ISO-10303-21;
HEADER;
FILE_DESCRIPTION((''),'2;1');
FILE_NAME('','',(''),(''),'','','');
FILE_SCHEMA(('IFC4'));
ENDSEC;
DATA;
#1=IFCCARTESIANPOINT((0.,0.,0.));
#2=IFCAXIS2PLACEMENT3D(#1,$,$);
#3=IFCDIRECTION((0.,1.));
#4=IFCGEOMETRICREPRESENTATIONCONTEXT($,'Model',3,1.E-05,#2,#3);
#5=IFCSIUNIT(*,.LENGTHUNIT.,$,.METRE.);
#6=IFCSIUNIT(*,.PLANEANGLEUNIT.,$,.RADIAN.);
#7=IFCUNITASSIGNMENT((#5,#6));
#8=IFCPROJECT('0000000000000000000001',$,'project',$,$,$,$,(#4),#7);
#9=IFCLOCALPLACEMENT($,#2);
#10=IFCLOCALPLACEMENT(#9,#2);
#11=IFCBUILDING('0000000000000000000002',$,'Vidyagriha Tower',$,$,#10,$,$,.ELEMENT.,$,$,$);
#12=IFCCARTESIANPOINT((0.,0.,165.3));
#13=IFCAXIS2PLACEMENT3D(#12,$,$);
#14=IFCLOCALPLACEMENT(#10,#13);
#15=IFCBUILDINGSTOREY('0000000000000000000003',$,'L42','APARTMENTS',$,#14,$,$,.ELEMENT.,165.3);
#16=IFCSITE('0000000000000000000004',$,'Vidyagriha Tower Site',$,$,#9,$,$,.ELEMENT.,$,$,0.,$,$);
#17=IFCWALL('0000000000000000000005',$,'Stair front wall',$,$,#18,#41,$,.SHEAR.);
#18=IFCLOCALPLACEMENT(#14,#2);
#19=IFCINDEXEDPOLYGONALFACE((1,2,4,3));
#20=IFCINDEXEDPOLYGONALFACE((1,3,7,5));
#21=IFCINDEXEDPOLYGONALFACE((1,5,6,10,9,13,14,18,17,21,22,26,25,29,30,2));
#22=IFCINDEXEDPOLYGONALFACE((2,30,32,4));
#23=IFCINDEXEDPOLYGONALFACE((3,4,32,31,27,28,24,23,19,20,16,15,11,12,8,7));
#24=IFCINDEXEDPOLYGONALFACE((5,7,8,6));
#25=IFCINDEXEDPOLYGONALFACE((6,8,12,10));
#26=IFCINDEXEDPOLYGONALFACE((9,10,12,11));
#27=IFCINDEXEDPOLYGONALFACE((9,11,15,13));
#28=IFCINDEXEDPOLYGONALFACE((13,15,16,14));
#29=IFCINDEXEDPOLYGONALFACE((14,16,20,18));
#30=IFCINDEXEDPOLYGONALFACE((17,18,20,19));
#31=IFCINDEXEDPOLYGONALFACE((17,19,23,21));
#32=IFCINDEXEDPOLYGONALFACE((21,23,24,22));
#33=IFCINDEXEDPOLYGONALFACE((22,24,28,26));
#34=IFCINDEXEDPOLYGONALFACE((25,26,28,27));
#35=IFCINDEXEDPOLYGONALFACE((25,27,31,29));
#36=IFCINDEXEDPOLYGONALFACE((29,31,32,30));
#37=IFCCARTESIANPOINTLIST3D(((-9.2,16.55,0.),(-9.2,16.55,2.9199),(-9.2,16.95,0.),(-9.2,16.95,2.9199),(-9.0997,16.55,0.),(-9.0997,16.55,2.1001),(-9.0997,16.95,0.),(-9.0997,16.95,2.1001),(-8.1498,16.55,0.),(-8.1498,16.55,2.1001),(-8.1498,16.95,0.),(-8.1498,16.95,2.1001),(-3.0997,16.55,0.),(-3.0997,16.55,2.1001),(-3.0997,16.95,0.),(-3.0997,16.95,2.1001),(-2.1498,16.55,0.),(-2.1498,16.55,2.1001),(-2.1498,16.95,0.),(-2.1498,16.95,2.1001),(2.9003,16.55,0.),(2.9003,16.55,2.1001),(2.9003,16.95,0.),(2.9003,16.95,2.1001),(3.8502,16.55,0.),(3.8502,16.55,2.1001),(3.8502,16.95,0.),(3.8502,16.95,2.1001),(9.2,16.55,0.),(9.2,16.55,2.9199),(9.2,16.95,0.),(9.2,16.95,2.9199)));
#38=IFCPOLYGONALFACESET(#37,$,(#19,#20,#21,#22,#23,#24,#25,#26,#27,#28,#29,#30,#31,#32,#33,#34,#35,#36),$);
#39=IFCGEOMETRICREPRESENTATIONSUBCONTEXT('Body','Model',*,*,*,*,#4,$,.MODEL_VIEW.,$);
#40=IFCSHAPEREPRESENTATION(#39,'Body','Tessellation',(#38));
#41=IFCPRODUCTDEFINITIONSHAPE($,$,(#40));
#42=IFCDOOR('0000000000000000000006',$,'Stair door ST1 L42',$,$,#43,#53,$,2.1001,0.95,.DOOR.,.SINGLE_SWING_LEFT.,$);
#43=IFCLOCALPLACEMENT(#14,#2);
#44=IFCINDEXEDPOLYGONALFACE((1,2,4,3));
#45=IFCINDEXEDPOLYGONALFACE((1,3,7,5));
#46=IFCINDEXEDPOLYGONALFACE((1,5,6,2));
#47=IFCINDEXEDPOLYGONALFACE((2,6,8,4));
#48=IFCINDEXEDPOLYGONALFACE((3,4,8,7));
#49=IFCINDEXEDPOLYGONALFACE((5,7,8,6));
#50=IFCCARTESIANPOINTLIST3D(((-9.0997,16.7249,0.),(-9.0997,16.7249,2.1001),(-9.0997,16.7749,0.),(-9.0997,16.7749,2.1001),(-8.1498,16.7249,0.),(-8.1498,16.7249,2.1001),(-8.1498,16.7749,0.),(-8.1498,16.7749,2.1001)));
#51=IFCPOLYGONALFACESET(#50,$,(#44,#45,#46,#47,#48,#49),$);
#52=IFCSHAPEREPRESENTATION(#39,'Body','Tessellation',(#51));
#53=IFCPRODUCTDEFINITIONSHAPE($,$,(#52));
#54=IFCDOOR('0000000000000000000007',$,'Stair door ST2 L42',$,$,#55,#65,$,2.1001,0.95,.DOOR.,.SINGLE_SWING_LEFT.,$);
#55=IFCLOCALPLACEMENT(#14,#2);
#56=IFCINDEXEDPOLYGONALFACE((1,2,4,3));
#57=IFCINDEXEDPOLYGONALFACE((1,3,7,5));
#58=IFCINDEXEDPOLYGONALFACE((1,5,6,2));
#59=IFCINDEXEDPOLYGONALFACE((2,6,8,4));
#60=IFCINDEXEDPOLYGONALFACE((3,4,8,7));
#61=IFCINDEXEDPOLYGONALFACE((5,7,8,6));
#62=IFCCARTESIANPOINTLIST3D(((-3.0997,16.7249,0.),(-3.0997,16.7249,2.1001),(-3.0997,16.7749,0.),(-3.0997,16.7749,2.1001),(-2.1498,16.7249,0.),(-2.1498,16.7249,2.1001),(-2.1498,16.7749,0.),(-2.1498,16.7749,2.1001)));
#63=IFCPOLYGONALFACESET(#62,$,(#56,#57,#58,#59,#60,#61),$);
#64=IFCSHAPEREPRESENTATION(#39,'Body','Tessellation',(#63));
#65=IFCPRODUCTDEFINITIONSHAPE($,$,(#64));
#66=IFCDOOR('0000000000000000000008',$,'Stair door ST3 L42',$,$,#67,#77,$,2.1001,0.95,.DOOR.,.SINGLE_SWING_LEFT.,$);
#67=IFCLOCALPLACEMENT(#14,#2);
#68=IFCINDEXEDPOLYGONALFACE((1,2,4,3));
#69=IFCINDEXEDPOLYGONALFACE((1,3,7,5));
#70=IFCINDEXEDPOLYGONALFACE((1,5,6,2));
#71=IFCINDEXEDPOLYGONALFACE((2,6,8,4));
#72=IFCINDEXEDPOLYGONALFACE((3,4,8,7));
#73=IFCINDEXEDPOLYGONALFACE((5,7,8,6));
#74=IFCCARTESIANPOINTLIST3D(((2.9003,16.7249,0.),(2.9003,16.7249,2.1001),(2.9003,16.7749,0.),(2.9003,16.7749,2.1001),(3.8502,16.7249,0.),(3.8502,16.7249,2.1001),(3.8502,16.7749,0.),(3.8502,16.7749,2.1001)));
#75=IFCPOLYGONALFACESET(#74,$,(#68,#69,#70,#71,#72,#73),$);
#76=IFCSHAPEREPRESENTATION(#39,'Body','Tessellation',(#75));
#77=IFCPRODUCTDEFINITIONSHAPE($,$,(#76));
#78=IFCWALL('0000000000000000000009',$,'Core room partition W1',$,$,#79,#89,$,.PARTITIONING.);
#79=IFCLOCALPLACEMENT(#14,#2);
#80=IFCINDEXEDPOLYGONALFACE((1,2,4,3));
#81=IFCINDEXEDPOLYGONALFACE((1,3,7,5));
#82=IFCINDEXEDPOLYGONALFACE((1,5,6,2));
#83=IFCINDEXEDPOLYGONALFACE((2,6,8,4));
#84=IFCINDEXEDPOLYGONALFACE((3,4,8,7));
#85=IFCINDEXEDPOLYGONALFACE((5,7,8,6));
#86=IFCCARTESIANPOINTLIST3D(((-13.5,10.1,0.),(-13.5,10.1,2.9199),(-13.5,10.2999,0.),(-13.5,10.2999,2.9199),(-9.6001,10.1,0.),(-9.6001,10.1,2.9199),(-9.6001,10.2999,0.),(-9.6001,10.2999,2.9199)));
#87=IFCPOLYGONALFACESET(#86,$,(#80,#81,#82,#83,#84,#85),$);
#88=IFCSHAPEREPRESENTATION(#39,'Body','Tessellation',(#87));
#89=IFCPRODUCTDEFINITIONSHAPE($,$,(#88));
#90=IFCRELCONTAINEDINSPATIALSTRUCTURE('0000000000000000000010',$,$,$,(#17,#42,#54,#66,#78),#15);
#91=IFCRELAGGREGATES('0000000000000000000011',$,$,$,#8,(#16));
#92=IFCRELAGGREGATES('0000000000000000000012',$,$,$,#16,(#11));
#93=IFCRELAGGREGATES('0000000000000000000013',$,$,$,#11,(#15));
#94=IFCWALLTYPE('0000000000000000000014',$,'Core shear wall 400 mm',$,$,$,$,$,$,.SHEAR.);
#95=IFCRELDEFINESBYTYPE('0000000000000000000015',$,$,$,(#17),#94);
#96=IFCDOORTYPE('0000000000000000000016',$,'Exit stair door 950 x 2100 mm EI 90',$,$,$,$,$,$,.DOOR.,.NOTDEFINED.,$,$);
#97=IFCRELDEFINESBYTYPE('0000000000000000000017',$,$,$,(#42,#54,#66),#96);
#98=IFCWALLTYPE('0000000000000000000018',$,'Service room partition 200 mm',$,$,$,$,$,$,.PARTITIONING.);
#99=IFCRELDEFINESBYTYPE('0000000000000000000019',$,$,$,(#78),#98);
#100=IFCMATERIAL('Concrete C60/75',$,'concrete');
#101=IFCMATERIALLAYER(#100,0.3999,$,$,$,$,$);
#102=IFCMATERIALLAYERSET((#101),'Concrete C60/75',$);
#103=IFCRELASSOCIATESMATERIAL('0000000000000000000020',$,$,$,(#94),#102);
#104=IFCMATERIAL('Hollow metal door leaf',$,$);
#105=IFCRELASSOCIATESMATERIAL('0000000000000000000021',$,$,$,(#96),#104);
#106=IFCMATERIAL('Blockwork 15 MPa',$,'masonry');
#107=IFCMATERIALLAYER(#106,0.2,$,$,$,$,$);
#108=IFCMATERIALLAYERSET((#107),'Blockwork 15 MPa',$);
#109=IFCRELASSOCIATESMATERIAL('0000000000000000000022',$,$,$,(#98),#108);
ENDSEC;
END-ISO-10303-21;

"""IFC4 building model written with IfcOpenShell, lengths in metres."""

from ifc_helpers import new_model, si_unit, direction, frame, frame_2d, origin, place, context, subcontext, project, spatial, rectangle, extrude, material, layer, layer_set, type_object, element, fill, save


model = new_model("IFC4")

# Units and contexts
model_context = context("Model", 3, precision=1e-05, world=origin(), true_north=direction((0.0, 1.0)))
body_context = subcontext(model_context, "Body", "Model", "MODEL_VIEW")
ifc_project = project(units=[si_unit("LENGTHUNIT", "METRE"), si_unit("PLANEANGLEUNIT", "RADIAN")], contexts=[model_context])

# Site, building, storey
site_placement = place(None, origin())
site = spatial("IfcSite", under=ifc_project, at=site_placement, Name="Vidyagriha Tower Site", CompositionType="ELEMENT", RefElevation=0.0)
building_placement = place(site_placement, origin())
building = spatial("IfcBuilding", under=site, at=building_placement, Name="Vidyagriha Tower", CompositionType="ELEMENT")
storey_placement = place(building_placement, frame((0.0, 0.0, 165.3)))
storey = spatial("IfcBuildingStorey", under=building, at=storey_placement, Name="L42", Description="APARTMENTS", CompositionType="ELEMENT", Elevation=165.3)

# Shared definitions
ifc_material_1 = material(Name="Concrete C60/75", Category="concrete")
ifc_layer_1 = layer(ifc_material_1, 0.3999)
ifc_layer_set_1 = layer_set([ifc_layer_1], Name="Concrete C60/75")
wall_type_1 = type_object("IfcWallType", Name="Core shear wall 400 mm", PredefinedType="SHEAR", material=ifc_layer_set_1)

# Wall, openings, doors
wall_1_placement = place(storey_placement, frame((-9.2, 16.75, 0.0)))
wall_1 = element("IfcWall", 1, at=wall_1_placement, inside=storey, type_object=wall_type_1, Name="Stair front wall", PredefinedType="SHEAR", context=body_context, shape_type="SweptSolid", body=[
    extrude(rectangle(XDim=18.3999, YDim=0.3999, at=frame_2d((9.2, 0.0))), origin(), (0.0, 0.0, 1.0), 2.9199),
])
opening_1_placement = place(wall_1_placement, frame((0.1001, 0.0, 0.0)))
opening_1 = element("IfcOpeningElement", 2, at=opening_1_placement, cuts=wall_1, PredefinedType="OPENING", context=body_context, shape_type="SweptSolid", body=[
    extrude(rectangle(XDim=0.95, YDim=2.1001, at=frame_2d((0.4751, 1.05))), frame((0.0, 0.21, 0.0), z_axis=(0.0, -1.0, 0.0), x_axis=(1.0, 0.0, 0.0)), (0.0, 0.0, 1.0), 0.4199),
])
opening_2_placement = place(wall_1_placement, frame((6.1001, 0.0, 0.0)))
opening_2 = element("IfcOpeningElement", 3, at=opening_2_placement, cuts=wall_1, PredefinedType="OPENING", context=body_context, shape_type="SweptSolid", body=[
    extrude(rectangle(XDim=0.95, YDim=2.1001, at=frame_2d((0.4751, 1.05))), frame((0.0, 0.21, 0.0), z_axis=(0.0, -1.0, 0.0), x_axis=(1.0, 0.0, 0.0)), (0.0, 0.0, 1.0), 0.4199),
])
opening_3_placement = place(wall_1_placement, frame((12.1001, 0.0, 0.0)))
opening_3 = element("IfcOpeningElement", 4, at=opening_3_placement, cuts=wall_1, PredefinedType="OPENING", context=body_context, shape_type="SweptSolid", body=[
    extrude(rectangle(XDim=0.95, YDim=2.1001, at=frame_2d((0.4751, 1.05))), frame((0.0, 0.21, 0.0), z_axis=(0.0, -1.0, 0.0), x_axis=(1.0, 0.0, 0.0)), (0.0, 0.0, 1.0), 0.4199),
])
ifc_material_2 = material(Name="Hollow metal door leaf")
door_type_1 = type_object("IfcDoorType", Name="Exit stair door 950 x 2100 mm EI 90", OperationType="NOTDEFINED", PredefinedType="DOOR", material=ifc_material_2)
door_1_placement = place(opening_1_placement, origin())
door_1 = element("IfcDoor", 5, at=door_1_placement, inside=storey, type_object=door_type_1, Name="Stair door ST1 L42", OperationType="SINGLE_SWING_LEFT", OverallHeight=2.1001, OverallWidth=0.95, PredefinedType="DOOR", context=body_context, shape_type="SweptSolid", body=[
    extrude(rectangle(XDim=0.95, YDim=2.1001, at=frame_2d((0.4751, 1.05))), frame((0.0, 0.0249, 0.0), z_axis=(0.0, -1.0, 0.0), x_axis=(1.0, 0.0, 0.0)), (0.0, 0.0, 1.0), 0.05),
])
fill(opening_1, door_1)
door_2_placement = place(opening_2_placement, origin())
door_2 = element("IfcDoor", 6, at=door_2_placement, inside=storey, type_object=door_type_1, Name="Stair door ST2 L42", OperationType="SINGLE_SWING_LEFT", OverallHeight=2.1001, OverallWidth=0.95, PredefinedType="DOOR", context=body_context, shape_type="SweptSolid", body=[
    extrude(rectangle(XDim=0.95, YDim=2.1001, at=frame_2d((0.4751, 1.05))), frame((0.0, 0.0249, 0.0), z_axis=(0.0, -1.0, 0.0), x_axis=(1.0, 0.0, 0.0)), (0.0, 0.0, 1.0), 0.05),
])
fill(opening_2, door_2)
door_3_placement = place(opening_3_placement, origin())
door_3 = element("IfcDoor", 7, at=door_3_placement, inside=storey, type_object=door_type_1, Name="Stair door ST3 L42", OperationType="SINGLE_SWING_LEFT", OverallHeight=2.1001, OverallWidth=0.95, PredefinedType="DOOR", context=body_context, shape_type="SweptSolid", body=[
    extrude(rectangle(XDim=0.95, YDim=2.1001, at=frame_2d((0.4751, 1.05))), frame((0.0, 0.0249, 0.0), z_axis=(0.0, -1.0, 0.0), x_axis=(1.0, 0.0, 0.0)), (0.0, 0.0, 1.0), 0.05),
])
fill(opening_3, door_3)

# Wall
ifc_material_3 = material(Name="Blockwork 15 MPa", Category="masonry")
ifc_layer_2 = layer(ifc_material_3, 0.2)
ifc_layer_set_2 = layer_set([ifc_layer_2], Name="Blockwork 15 MPa")
wall_type_2 = type_object("IfcWallType", Name="Service room partition 200 mm", PredefinedType="PARTITIONING", material=ifc_layer_set_2)
wall_2_placement = place(storey_placement, frame((-13.5, 10.2, 0.0)))
element("IfcWall", 8, at=wall_2_placement, inside=storey, type_object=wall_type_2, Name="Core room partition W1", PredefinedType="PARTITIONING", context=body_context, shape_type="SweptSolid", body=[
    extrude(rectangle(XDim=3.8999, YDim=0.2, at=frame_2d((1.95, 0.0))), origin(), (0.0, 0.0, 1.0), 2.9199),
])

save(model, "model.ifc")
